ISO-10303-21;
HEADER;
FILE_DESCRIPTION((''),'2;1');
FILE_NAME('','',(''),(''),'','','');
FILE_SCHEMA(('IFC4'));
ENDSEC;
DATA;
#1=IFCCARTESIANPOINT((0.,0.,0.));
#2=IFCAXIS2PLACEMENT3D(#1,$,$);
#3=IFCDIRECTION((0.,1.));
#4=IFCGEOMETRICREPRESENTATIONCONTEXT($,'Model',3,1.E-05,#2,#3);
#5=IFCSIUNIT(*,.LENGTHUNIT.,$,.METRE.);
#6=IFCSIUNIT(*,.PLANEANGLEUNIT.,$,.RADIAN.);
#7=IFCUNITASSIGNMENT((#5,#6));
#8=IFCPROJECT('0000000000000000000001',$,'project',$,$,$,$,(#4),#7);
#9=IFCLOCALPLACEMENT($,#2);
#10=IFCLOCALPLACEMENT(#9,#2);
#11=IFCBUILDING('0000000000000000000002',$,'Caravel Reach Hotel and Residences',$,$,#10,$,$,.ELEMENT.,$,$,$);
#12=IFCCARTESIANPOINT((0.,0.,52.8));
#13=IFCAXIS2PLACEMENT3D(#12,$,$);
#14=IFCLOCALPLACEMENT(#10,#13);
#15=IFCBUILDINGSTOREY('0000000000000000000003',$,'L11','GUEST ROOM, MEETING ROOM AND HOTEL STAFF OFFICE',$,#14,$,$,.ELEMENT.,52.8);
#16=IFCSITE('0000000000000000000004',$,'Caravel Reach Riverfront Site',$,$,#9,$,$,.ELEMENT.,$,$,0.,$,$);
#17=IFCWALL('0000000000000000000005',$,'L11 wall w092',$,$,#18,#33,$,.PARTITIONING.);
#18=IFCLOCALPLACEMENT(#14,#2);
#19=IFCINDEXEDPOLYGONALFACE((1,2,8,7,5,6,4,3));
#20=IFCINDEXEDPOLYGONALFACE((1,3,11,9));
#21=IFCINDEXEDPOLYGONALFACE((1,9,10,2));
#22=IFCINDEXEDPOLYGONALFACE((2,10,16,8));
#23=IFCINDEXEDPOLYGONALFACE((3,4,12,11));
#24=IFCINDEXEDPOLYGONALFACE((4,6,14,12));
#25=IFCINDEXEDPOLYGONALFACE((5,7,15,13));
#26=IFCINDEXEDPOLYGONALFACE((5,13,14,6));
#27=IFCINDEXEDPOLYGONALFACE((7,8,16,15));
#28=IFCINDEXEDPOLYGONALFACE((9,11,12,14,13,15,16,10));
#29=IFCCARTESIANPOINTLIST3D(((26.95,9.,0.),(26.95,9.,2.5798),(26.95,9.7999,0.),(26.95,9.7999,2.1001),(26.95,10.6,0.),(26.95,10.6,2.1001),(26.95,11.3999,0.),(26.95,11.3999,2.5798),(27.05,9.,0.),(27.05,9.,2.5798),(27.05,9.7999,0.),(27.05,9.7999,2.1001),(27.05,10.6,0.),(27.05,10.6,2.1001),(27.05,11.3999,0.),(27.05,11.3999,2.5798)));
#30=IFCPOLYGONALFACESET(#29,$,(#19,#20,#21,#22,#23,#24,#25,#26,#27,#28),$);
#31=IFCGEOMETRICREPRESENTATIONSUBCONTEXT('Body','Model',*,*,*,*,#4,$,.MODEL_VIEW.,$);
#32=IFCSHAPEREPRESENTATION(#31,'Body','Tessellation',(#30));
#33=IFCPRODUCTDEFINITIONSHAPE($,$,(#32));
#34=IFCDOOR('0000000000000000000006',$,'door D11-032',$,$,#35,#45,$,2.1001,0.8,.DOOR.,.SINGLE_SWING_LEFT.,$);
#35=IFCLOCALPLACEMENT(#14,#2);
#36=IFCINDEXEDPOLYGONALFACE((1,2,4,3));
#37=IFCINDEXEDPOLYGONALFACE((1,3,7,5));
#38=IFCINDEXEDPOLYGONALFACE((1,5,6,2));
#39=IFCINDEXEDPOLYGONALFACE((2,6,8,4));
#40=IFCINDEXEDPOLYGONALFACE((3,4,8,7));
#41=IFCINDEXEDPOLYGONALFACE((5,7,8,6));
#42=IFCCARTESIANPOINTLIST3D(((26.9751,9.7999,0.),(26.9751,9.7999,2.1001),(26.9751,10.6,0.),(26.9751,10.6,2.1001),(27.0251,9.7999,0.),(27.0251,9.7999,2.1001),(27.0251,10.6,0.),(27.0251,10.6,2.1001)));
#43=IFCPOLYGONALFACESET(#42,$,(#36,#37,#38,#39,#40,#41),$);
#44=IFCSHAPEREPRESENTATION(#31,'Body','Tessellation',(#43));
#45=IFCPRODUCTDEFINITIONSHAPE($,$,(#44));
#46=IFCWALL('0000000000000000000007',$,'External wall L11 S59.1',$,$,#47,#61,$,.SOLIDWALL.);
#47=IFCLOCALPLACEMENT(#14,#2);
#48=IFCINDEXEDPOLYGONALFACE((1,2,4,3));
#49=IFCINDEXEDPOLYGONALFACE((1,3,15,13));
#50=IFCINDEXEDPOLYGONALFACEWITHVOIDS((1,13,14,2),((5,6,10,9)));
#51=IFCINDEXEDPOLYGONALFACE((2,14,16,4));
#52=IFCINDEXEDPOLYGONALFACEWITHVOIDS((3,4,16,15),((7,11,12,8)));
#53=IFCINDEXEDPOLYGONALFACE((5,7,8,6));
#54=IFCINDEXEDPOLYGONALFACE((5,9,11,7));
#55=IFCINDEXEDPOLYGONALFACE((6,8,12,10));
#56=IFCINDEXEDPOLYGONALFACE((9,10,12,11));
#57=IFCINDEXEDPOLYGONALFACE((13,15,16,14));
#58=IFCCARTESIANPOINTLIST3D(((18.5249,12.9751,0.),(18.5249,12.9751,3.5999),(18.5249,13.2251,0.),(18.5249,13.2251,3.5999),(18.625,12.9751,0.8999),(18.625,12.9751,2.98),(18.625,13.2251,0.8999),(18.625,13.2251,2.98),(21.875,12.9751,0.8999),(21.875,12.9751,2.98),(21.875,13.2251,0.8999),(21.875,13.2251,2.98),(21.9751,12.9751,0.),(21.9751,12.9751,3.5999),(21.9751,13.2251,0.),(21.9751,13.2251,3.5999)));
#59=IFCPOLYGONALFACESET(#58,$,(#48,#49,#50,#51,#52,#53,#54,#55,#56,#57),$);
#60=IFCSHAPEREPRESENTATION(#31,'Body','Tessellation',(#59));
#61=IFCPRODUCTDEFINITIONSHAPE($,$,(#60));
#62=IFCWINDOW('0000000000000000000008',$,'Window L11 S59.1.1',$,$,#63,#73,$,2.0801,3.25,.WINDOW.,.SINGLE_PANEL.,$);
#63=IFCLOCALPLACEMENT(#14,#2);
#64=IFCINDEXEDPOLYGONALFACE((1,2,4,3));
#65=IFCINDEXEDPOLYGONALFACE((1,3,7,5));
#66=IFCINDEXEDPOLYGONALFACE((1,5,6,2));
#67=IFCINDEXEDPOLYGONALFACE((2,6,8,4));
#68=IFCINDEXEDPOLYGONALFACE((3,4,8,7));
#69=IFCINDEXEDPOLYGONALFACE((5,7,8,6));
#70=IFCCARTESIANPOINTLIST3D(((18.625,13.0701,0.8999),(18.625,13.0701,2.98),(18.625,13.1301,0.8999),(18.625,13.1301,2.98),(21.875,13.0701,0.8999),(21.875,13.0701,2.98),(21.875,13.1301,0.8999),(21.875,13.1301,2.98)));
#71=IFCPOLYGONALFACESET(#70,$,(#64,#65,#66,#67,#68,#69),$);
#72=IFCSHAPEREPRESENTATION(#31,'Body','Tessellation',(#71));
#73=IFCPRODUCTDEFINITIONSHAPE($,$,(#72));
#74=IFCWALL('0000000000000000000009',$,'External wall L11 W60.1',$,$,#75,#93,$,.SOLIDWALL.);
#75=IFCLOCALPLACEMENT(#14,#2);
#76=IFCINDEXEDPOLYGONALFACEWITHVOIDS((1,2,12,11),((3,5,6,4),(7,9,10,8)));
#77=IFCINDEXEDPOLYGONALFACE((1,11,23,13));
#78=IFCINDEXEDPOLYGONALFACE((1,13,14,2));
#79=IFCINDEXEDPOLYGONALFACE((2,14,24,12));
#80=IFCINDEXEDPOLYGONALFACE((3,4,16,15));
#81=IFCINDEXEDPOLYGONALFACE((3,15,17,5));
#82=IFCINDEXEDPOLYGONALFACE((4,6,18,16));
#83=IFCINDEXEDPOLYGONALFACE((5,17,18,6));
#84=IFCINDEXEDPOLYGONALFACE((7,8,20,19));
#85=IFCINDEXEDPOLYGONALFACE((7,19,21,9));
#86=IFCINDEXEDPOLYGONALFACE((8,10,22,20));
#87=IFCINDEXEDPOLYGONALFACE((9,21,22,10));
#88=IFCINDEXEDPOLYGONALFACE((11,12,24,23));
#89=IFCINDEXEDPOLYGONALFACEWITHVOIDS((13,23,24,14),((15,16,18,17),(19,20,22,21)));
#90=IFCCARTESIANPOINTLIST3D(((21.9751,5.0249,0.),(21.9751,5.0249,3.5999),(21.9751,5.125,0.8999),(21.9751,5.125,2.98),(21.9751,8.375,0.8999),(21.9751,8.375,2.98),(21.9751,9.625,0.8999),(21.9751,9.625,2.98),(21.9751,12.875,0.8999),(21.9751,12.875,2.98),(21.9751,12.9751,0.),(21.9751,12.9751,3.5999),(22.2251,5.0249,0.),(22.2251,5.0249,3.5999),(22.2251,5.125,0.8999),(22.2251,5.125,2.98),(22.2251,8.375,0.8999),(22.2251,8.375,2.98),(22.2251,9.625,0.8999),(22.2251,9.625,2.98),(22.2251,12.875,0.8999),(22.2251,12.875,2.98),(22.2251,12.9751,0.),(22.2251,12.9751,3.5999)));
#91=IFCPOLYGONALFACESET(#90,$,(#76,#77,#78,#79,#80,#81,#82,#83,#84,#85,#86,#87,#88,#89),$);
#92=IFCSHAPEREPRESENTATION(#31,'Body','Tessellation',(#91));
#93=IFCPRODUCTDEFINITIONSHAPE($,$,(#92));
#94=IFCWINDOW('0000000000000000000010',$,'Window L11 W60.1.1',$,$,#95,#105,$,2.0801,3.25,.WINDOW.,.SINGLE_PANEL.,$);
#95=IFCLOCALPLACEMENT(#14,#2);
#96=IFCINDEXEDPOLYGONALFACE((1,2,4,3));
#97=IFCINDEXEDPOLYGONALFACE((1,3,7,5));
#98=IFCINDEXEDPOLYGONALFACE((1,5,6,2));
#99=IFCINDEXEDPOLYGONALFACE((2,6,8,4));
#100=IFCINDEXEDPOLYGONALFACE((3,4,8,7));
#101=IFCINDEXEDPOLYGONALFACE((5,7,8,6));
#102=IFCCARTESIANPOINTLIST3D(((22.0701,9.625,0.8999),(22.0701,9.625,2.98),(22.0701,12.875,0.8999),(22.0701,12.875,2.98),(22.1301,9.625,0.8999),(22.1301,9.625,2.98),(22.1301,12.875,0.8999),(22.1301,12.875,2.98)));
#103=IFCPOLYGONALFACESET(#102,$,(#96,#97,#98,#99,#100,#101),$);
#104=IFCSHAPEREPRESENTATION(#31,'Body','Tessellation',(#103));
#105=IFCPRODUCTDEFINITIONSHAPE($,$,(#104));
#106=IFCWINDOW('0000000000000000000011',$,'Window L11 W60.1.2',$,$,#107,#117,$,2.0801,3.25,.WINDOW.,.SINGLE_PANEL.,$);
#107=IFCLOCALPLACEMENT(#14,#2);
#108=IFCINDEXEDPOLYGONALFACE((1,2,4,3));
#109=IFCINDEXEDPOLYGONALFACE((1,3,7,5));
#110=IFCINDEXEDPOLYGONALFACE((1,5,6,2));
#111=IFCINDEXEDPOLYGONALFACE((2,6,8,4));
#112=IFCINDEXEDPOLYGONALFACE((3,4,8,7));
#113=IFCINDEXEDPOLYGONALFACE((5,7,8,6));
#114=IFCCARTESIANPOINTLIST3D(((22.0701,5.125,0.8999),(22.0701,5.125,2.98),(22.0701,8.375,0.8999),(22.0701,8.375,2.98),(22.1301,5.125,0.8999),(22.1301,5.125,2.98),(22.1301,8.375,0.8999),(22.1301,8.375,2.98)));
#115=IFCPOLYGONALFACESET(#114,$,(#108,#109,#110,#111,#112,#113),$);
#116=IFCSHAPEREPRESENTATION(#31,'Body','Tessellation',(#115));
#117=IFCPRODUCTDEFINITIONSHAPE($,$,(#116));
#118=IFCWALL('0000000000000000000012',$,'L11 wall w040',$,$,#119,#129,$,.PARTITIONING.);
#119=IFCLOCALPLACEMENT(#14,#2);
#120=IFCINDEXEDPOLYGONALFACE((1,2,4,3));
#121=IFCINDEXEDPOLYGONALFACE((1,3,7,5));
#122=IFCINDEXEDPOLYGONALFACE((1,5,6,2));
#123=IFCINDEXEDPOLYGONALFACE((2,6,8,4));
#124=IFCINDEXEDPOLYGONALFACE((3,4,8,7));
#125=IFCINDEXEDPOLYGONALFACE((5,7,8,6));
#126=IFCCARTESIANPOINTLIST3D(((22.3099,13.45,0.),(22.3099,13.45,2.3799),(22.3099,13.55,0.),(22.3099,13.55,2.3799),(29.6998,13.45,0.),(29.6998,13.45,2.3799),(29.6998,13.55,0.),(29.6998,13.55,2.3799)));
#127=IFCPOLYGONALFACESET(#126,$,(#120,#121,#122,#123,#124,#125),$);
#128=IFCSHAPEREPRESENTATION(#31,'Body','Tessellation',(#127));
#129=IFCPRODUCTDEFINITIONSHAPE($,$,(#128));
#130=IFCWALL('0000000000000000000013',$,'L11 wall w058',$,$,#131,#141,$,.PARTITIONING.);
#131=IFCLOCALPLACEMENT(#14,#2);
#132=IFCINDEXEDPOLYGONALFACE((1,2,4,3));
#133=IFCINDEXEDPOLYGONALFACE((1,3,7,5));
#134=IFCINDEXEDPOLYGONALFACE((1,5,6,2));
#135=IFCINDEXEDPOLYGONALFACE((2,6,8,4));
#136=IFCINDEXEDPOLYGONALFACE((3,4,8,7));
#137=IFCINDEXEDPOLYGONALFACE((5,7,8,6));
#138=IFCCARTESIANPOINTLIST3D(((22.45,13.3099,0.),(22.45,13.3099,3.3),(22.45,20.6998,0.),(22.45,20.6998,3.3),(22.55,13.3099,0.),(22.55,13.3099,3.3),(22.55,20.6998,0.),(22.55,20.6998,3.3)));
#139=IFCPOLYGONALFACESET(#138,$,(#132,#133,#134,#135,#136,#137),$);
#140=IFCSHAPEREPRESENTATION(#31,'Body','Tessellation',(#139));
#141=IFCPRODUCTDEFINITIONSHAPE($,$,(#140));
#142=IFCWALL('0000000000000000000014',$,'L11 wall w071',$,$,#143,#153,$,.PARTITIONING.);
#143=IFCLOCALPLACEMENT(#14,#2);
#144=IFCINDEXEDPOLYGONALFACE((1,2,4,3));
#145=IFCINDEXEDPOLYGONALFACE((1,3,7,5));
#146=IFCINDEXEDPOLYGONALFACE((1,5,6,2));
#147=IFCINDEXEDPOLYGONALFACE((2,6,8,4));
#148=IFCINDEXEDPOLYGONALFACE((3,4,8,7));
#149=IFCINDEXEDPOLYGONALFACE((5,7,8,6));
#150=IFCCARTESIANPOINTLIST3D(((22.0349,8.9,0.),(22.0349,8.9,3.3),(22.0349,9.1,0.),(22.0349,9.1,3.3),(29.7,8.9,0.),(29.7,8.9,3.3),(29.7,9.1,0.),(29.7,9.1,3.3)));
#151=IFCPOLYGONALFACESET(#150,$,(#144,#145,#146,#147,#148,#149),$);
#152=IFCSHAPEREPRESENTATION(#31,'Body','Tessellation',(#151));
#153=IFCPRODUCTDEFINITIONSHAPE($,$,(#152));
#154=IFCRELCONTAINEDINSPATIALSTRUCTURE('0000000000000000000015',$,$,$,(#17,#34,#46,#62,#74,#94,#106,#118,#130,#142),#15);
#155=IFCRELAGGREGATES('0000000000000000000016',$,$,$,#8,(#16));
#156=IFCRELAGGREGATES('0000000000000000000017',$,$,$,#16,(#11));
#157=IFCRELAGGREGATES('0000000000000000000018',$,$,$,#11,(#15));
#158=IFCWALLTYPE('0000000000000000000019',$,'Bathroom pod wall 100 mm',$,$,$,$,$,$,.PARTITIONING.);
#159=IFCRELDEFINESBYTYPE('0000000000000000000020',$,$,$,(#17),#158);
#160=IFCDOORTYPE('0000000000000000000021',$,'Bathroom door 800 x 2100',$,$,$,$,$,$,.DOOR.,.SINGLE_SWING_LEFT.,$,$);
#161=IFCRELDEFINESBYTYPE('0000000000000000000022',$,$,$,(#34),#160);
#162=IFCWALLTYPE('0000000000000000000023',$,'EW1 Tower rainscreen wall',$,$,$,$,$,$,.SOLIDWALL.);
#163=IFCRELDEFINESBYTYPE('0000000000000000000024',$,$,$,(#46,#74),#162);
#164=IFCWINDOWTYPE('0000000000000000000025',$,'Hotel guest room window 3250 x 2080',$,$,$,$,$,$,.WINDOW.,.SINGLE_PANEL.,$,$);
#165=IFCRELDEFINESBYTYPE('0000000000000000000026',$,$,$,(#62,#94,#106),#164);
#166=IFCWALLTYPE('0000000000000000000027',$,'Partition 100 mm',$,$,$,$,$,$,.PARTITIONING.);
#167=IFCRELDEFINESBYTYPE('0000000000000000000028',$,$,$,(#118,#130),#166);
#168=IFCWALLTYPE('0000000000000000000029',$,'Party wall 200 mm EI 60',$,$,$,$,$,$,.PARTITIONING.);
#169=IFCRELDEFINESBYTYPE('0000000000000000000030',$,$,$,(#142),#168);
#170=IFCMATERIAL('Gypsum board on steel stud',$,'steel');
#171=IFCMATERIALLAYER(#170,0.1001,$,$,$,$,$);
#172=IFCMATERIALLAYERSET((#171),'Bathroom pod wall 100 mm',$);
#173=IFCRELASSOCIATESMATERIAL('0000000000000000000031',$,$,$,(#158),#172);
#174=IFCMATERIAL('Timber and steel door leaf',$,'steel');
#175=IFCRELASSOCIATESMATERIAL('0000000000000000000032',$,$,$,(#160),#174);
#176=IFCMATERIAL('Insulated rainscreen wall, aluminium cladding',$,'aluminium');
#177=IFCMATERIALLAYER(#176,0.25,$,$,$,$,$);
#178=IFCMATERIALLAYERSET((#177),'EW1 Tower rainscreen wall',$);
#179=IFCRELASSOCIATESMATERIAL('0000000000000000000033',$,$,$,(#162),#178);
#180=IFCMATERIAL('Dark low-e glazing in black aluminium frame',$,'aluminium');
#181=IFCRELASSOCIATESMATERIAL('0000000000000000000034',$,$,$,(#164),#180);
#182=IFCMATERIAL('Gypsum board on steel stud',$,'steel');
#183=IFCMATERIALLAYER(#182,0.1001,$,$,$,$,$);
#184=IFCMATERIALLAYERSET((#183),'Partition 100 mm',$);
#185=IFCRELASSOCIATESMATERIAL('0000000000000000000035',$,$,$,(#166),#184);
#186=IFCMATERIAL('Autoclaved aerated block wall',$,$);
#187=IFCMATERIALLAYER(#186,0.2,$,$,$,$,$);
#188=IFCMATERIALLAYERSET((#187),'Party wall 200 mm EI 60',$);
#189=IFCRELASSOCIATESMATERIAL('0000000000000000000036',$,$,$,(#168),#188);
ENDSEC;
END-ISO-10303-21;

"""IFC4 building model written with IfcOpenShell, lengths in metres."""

from ifc_helpers import new_model, si_unit, direction, frame, frame_2d, origin, place, context, subcontext, project, spatial, rectangle, extrude, material, layer, layer_set, type_object, element, fill, save


model = new_model("IFC4")

# Units and contexts
model_context = context("Model", 3, precision=1e-05, world=origin(), true_north=direction((0.0, 1.0)))
body_context = subcontext(model_context, "Body", "Model", "MODEL_VIEW")
ifc_project = project(units=[si_unit("LENGTHUNIT", "METRE"), si_unit("PLANEANGLEUNIT", "RADIAN")], contexts=[model_context])

# Site, building, storey
site_placement = place(None, origin())
site = spatial("IfcSite", under=ifc_project, at=site_placement, Name="Caravel Reach Riverfront Site", CompositionType="ELEMENT", RefElevation=0.0)
building_placement = place(site_placement, origin())
building = spatial("IfcBuilding", under=site, at=building_placement, Name="Caravel Reach Hotel and Residences", CompositionType="ELEMENT")
storey_placement = place(building_placement, frame((0.0, 0.0, 52.8)))
storey = spatial("IfcBuildingStorey", under=building, at=storey_placement, Name="L11", Description="GUEST ROOM, MEETING ROOM AND HOTEL STAFF OFFICE", CompositionType="ELEMENT", Elevation=52.8)

# Shared definitions
ifc_material_1 = material(Name="Gypsum board on steel stud", Category="steel")
ifc_layer_1 = layer(ifc_material_1, 0.1001)
ifc_layer_set_1 = layer_set([ifc_layer_1], Name="Bathroom pod wall 100 mm")
wall_type_1 = type_object("IfcWallType", Name="Bathroom pod wall 100 mm", PredefinedType="PARTITIONING", material=ifc_layer_set_1)

# Wall, opening, door
wall_1_placement = place(storey_placement, frame((27.0, 9.0, 0.0), z_axis=(0.0, 0.0, 1.0), x_axis=(0.0, 1.0, 0.0)))
wall_1 = element("IfcWall", 1, at=wall_1_placement, inside=storey, type_object=wall_type_1, Name="L11 wall w092", PredefinedType="PARTITIONING", context=body_context, shape_type="SweptSolid", body=[
    extrude(rectangle(XDim=2.3999, YDim=0.1001, at=frame_2d((1.2, 0.0))), origin(), (0.0, 0.0, 1.0), 2.5798),
])
opening_1_placement = place(wall_1_placement, frame((0.8, 0.0, 0.0)))
opening_1 = element("IfcOpeningElement", 2, at=opening_1_placement, cuts=wall_1, PredefinedType="OPENING", context=body_context, shape_type="SweptSolid", body=[
    extrude(rectangle(XDim=0.8, YDim=2.1001, at=frame_2d((0.3999, 1.05))), frame((0.0, 0.0601, 0.0), z_axis=(0.0, -1.0, 0.0), x_axis=(1.0, 0.0, 0.0)), (0.0, 0.0, 1.0), 0.1201),
])
ifc_material_2 = material(Name="Timber and steel door leaf", Category="steel")
door_type = type_object("IfcDoorType", Name="Bathroom door 800 x 2100", OperationType="SINGLE_SWING_LEFT", PredefinedType="DOOR", material=ifc_material_2)
door_placement = place(opening_1_placement, origin())
door = element("IfcDoor", 3, at=door_placement, inside=storey, type_object=door_type, Name="door D11-032", OperationType="SINGLE_SWING_LEFT", OverallHeight=2.1001, OverallWidth=0.8, PredefinedType="DOOR", context=body_context, shape_type="SweptSolid", body=[
    extrude(rectangle(XDim=0.8, YDim=2.1001, at=frame_2d((0.3999, 1.05))), frame((0.0, 0.0249, 0.0), z_axis=(0.0, -1.0, 0.0), x_axis=(1.0, 0.0, 0.0)), (0.0, 0.0, 1.0), 0.05),
])
fill(opening_1, door)

# Wall, opening, window
ifc_material_3 = material(Name="Insulated rainscreen wall, aluminium cladding", Category="aluminium")
ifc_layer_2 = layer(ifc_material_3, 0.25)
ifc_layer_set_2 = layer_set([ifc_layer_2], Name="EW1 Tower rainscreen wall")
wall_type_2 = type_object("IfcWallType", Name="EW1 Tower rainscreen wall", PredefinedType="SOLIDWALL", material=ifc_layer_set_2)
wall_2_placement = place(storey_placement, frame((18.5249, 13.1001, 0.0), z_axis=(0.0, 0.0, 1.0), x_axis=(1.0, 0.0, 0.0)))
wall_2 = element("IfcWall", 4, at=wall_2_placement, inside=storey, type_object=wall_type_2, Name="External wall L11 S59.1", PredefinedType="SOLIDWALL", context=body_context, shape_type="SweptSolid", body=[
    extrude(rectangle(XDim=3.4502, YDim=0.25, at=frame_2d((1.7251, 0.0))), origin(), (0.0, 0.0, 1.0), 3.5999),
])
opening_2_placement = place(wall_2_placement, frame((0.1001, 0.0, 0.8999)))
opening_2 = element("IfcOpeningElement", 5, at=opening_2_placement, cuts=wall_2, PredefinedType="OPENING", context=body_context, shape_type="SweptSolid", body=[
    extrude(rectangle(XDim=3.25, YDim=2.0801, at=frame_2d((1.625, 1.04))), frame((0.0, 0.135, 0.0), z_axis=(0.0, -1.0, 0.0), x_axis=(1.0, 0.0, 0.0)), (0.0, 0.0, 1.0), 0.27),
])
ifc_material_4 = material(Name="Dark low-e glazing in black aluminium frame", Category="aluminium")
window_type = type_object("IfcWindowType", Name="Hotel guest room window 3250 x 2080", PartitioningType="SINGLE_PANEL", PredefinedType="WINDOW", material=ifc_material_4)
window_1_placement = place(opening_2_placement, origin())
window_1 = element("IfcWindow", 6, at=window_1_placement, inside=storey, type_object=window_type, Name="Window L11 S59.1.1", OverallHeight=2.0801, OverallWidth=3.25, PartitioningType="SINGLE_PANEL", PredefinedType="WINDOW", context=body_context, shape_type="SweptSolid", body=[
    extrude(rectangle(XDim=3.25, YDim=2.0801, at=frame_2d((1.625, 1.04))), frame((0.0, 0.03, 0.0), z_axis=(0.0, -1.0, 0.0), x_axis=(1.0, 0.0, 0.0)), (0.0, 0.0, 1.0), 0.0601),
])
fill(opening_2, window_1)

# Wall, openings, windows
wall_3_placement = place(storey_placement, frame((22.1001, 12.9751, 0.0), z_axis=(0.0, 0.0, 1.0), x_axis=(0.0, -1.0, 0.0)))
wall_3 = element("IfcWall", 7, at=wall_3_placement, inside=storey, type_object=wall_type_2, Name="External wall L11 W60.1", PredefinedType="SOLIDWALL", context=body_context, shape_type="SweptSolid", body=[
    extrude(rectangle(XDim=7.9502, YDim=0.25, at=frame_2d((3.9751, 0.0))), origin(), (0.0, 0.0, 1.0), 3.5999),
])
opening_3_placement = place(wall_3_placement, frame((0.1001, 0.0, 0.8999)))
opening_3 = element("IfcOpeningElement", 8, at=opening_3_placement, cuts=wall_3, PredefinedType="OPENING", context=body_context, shape_type="SweptSolid", body=[
    extrude(rectangle(XDim=3.25, YDim=2.0801, at=frame_2d((1.625, 1.04))), frame((0.0, 0.135, 0.0), z_axis=(0.0, -1.0, 0.0), x_axis=(1.0, 0.0, 0.0)), (0.0, 0.0, 1.0), 0.27),
])
opening_4_placement = place(wall_3_placement, frame((4.6001, 0.0, 0.8999)))
opening_4 = element("IfcOpeningElement", 9, at=opening_4_placement, cuts=wall_3, PredefinedType="OPENING", context=body_context, shape_type="SweptSolid", body=[
    extrude(rectangle(XDim=3.25, YDim=2.0801, at=frame_2d((1.625, 1.04))), frame((0.0, 0.135, 0.0), z_axis=(0.0, -1.0, 0.0), x_axis=(1.0, 0.0, 0.0)), (0.0, 0.0, 1.0), 0.27),
])
window_2_placement = place(opening_3_placement, origin())
window_2 = element("IfcWindow", 10, at=window_2_placement, inside=storey, type_object=window_type, Name="Window L11 W60.1.1", OverallHeight=2.0801, OverallWidth=3.25, PartitioningType="SINGLE_PANEL", PredefinedType="WINDOW", context=body_context, shape_type="SweptSolid", body=[
    extrude(rectangle(XDim=3.25, YDim=2.0801, at=frame_2d((1.625, 1.04))), frame((0.0, 0.03, 0.0), z_axis=(0.0, -1.0, 0.0), x_axis=(1.0, 0.0, 0.0)), (0.0, 0.0, 1.0), 0.0601),
])
fill(opening_3, window_2)
window_3_placement = place(opening_4_placement, origin())
window_3 = element("IfcWindow", 11, at=window_3_placement, inside=storey, type_object=window_type, Name="Window L11 W60.1.2", OverallHeight=2.0801, OverallWidth=3.25, PartitioningType="SINGLE_PANEL", PredefinedType="WINDOW", context=body_context, shape_type="SweptSolid", body=[
    extrude(rectangle(XDim=3.25, YDim=2.0801, at=frame_2d((1.625, 1.04))), frame((0.0, 0.03, 0.0), z_axis=(0.0, -1.0, 0.0), x_axis=(1.0, 0.0, 0.0)), (0.0, 0.0, 1.0), 0.0601),
])
fill(opening_4, window_3)

# Walls
ifc_material_5 = material(Name="Gypsum board on steel stud", Category="steel")
ifc_layer_3 = layer(ifc_material_5, 0.1001)
ifc_layer_set_3 = layer_set([ifc_layer_3], Name="Partition 100 mm")
wall_type_3 = type_object("IfcWallType", Name="Partition 100 mm", PredefinedType="PARTITIONING", material=ifc_layer_set_3)
wall_4_placement = place(storey_placement, frame((22.3101, 13.5, 0.0), z_axis=(0.0, 0.0, 1.0), x_axis=(1.0, 0.0, 0.0)))
element("IfcWall", 12, at=wall_4_placement, inside=storey, type_object=wall_type_3, Name="L11 wall w040", PredefinedType="PARTITIONING", context=body_context, shape_type="SweptSolid", body=[
    extrude(rectangle(XDim=7.3899, YDim=0.1001, at=frame_2d((3.6948, 0.0))), origin(), (0.0, 0.0, 1.0), 2.3799),
])
wall_5_placement = place(storey_placement, frame((22.5, 13.3101, 0.0), z_axis=(0.0, 0.0, 1.0), x_axis=(0.0, 1.0, 0.0)))
element("IfcWall", 13, at=wall_5_placement, inside=storey, type_object=wall_type_3, Name="L11 wall w058", PredefinedType="PARTITIONING", context=body_context, shape_type="SweptSolid", body=[
    extrude(rectangle(XDim=7.3899, YDim=0.1001, at=frame_2d((3.6948, 0.0))), origin(), (0.0, 0.0, 1.0), 3.3),
])
ifc_material_6 = material(Name="Autoclaved aerated block wall")
ifc_layer_4 = layer(ifc_material_6, 0.2)
ifc_layer_set_4 = layer_set([ifc_layer_4], Name="Party wall 200 mm EI 60")
wall_type_4 = type_object("IfcWallType", Name="Party wall 200 mm EI 60", PredefinedType="PARTITIONING", material=ifc_layer_set_4)
wall_6_placement = place(storey_placement, frame((22.0349, 9.0, 0.0), z_axis=(0.0, 0.0, 1.0), x_axis=(1.0, 0.0, 0.0)))
element("IfcWall", 14, at=wall_6_placement, inside=storey, type_object=wall_type_4, Name="L11 wall w071", PredefinedType="PARTITIONING", context=body_context, shape_type="SweptSolid", body=[
    extrude(rectangle(XDim=7.665, YDim=0.2, at=frame_2d((3.8325, 0.0))), origin(), (0.0, 0.0, 1.0), 3.3),
])

save(model, "model.ifc")
